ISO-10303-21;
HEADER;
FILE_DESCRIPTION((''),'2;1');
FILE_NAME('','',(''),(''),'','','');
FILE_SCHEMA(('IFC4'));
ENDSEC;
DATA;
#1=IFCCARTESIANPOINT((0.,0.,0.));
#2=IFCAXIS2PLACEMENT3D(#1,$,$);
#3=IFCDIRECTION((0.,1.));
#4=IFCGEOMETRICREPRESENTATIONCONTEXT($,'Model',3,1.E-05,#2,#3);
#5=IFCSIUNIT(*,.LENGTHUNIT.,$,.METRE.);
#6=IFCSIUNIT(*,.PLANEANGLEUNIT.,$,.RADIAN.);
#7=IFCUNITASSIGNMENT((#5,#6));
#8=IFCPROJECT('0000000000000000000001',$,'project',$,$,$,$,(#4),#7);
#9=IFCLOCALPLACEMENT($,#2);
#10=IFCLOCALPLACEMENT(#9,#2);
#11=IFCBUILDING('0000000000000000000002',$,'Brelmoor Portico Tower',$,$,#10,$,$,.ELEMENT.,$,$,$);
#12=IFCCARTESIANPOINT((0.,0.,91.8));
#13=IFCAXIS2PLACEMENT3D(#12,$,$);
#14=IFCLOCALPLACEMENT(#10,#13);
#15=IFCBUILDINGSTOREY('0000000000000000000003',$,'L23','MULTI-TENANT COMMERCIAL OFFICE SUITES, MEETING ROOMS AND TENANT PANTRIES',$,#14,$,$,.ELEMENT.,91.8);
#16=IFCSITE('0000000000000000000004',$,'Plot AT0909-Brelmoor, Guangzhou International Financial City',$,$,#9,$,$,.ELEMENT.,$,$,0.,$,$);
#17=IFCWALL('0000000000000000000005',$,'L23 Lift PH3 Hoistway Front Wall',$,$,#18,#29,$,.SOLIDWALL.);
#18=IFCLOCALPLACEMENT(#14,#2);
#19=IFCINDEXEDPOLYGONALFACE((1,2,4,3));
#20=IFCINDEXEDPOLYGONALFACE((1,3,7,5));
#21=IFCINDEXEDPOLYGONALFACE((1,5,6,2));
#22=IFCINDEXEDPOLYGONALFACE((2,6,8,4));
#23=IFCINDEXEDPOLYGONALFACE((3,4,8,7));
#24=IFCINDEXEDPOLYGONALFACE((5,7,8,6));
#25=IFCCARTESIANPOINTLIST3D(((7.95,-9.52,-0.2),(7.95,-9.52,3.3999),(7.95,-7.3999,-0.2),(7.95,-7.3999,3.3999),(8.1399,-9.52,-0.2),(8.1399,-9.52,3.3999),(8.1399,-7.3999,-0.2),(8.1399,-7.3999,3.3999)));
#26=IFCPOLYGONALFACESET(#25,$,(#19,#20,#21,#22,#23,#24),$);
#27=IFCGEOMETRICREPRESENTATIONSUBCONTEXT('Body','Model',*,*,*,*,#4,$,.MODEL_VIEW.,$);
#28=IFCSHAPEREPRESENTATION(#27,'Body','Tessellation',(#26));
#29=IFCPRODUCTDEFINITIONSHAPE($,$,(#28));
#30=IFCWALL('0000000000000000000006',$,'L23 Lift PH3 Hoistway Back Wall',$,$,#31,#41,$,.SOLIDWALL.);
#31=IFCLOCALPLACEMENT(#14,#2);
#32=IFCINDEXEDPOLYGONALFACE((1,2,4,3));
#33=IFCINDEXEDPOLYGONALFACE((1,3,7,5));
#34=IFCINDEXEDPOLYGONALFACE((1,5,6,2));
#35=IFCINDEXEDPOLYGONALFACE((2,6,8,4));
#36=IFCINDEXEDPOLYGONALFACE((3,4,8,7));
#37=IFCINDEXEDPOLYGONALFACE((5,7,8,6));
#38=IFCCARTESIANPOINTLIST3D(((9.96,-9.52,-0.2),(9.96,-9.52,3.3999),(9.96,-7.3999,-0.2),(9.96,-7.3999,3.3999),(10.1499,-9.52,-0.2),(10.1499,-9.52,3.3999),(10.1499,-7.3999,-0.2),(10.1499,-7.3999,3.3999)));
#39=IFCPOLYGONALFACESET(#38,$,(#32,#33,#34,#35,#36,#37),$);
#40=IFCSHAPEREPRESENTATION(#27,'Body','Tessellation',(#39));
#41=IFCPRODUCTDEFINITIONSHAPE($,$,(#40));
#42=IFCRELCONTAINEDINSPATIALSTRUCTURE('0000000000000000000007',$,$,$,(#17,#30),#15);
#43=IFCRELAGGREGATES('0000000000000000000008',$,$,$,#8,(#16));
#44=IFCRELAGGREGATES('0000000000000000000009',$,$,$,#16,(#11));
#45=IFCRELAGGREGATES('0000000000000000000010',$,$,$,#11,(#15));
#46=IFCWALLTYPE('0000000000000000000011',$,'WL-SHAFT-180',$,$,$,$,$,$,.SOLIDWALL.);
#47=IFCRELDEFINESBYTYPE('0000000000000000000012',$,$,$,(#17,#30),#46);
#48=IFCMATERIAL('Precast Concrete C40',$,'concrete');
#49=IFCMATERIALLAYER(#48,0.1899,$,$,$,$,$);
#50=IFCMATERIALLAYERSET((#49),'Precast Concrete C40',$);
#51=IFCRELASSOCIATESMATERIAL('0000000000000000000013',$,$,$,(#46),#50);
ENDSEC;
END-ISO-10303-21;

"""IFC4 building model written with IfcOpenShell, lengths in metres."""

from ifc_helpers import new_model, si_unit, direction, frame, frame_2d, origin, place, context, subcontext, project, spatial, rectangle, extrude, material, layer, layer_set, type_object, element, save


model = new_model("IFC4")

# Units and contexts
model_context = context("Model", 3, precision=1e-05, world=origin(), true_north=direction((0.0, 1.0)))
body_context = subcontext(model_context, "Body", "Model", "MODEL_VIEW")
ifc_project = project(units=[si_unit("LENGTHUNIT", "METRE"), si_unit("PLANEANGLEUNIT", "RADIAN")], contexts=[model_context])

# Site, building, storey
site_placement = place(None, origin())
site = spatial("IfcSite", under=ifc_project, at=site_placement, Name="Plot AT0909-Brelmoor, Guangzhou International Financial City", CompositionType="ELEMENT", RefElevation=0.0)
building_placement = place(site_placement, origin())
building = spatial("IfcBuilding", under=site, at=building_placement, Name="Brelmoor Portico Tower", CompositionType="ELEMENT")
storey_placement = place(building_placement, frame((0.0, 0.0, 91.8)))
storey = spatial("IfcBuildingStorey", under=building, at=storey_placement, Name="L23", Description="MULTI-TENANT COMMERCIAL OFFICE SUITES, MEETING ROOMS AND TENANT PANTRIES", CompositionType="ELEMENT", Elevation=91.8)

# Walls
ifc_material_1 = material(Name="Precast Concrete C40", Category="concrete")
ifc_layer_1 = layer(ifc_material_1, 0.1899)
ifc_layer_set_1 = layer_set([ifc_layer_1], Name="Precast Concrete C40")
wall_type_1 = type_object("IfcWallType", Name="WL-SHAFT-180", PredefinedType="SOLIDWALL", material=ifc_layer_set_1)
for number, where, z_axis, x_axis, name in (
    (1, (8.0449, -9.52, -0.2), (0.0, 0.0, 1.0), (0.0, 1.0, 0.0), "L23 Lift PH3 Hoistway Front Wall"),
    (2, (10.0549, -9.52, -0.2), (0.0, 0.0, 1.0), (0.0, 1.0, 0.0), "L23 Lift PH3 Hoistway Back Wall"),
):
    element("IfcWall", number, at=place(storey_placement, frame(where, z_axis=z_axis, x_axis=x_axis)), inside=storey, type_object=wall_type_1, Name=name, PredefinedType="SOLIDWALL", context=body_context, shape_type="SweptSolid", body=[
        extrude(rectangle(XDim=2.1201, YDim=0.1899, at=frame_2d((1.0601, 0.0))), origin(), (0.0, 0.0, 1.0), 3.5999),
    ])

save(model, "model.ifc")
